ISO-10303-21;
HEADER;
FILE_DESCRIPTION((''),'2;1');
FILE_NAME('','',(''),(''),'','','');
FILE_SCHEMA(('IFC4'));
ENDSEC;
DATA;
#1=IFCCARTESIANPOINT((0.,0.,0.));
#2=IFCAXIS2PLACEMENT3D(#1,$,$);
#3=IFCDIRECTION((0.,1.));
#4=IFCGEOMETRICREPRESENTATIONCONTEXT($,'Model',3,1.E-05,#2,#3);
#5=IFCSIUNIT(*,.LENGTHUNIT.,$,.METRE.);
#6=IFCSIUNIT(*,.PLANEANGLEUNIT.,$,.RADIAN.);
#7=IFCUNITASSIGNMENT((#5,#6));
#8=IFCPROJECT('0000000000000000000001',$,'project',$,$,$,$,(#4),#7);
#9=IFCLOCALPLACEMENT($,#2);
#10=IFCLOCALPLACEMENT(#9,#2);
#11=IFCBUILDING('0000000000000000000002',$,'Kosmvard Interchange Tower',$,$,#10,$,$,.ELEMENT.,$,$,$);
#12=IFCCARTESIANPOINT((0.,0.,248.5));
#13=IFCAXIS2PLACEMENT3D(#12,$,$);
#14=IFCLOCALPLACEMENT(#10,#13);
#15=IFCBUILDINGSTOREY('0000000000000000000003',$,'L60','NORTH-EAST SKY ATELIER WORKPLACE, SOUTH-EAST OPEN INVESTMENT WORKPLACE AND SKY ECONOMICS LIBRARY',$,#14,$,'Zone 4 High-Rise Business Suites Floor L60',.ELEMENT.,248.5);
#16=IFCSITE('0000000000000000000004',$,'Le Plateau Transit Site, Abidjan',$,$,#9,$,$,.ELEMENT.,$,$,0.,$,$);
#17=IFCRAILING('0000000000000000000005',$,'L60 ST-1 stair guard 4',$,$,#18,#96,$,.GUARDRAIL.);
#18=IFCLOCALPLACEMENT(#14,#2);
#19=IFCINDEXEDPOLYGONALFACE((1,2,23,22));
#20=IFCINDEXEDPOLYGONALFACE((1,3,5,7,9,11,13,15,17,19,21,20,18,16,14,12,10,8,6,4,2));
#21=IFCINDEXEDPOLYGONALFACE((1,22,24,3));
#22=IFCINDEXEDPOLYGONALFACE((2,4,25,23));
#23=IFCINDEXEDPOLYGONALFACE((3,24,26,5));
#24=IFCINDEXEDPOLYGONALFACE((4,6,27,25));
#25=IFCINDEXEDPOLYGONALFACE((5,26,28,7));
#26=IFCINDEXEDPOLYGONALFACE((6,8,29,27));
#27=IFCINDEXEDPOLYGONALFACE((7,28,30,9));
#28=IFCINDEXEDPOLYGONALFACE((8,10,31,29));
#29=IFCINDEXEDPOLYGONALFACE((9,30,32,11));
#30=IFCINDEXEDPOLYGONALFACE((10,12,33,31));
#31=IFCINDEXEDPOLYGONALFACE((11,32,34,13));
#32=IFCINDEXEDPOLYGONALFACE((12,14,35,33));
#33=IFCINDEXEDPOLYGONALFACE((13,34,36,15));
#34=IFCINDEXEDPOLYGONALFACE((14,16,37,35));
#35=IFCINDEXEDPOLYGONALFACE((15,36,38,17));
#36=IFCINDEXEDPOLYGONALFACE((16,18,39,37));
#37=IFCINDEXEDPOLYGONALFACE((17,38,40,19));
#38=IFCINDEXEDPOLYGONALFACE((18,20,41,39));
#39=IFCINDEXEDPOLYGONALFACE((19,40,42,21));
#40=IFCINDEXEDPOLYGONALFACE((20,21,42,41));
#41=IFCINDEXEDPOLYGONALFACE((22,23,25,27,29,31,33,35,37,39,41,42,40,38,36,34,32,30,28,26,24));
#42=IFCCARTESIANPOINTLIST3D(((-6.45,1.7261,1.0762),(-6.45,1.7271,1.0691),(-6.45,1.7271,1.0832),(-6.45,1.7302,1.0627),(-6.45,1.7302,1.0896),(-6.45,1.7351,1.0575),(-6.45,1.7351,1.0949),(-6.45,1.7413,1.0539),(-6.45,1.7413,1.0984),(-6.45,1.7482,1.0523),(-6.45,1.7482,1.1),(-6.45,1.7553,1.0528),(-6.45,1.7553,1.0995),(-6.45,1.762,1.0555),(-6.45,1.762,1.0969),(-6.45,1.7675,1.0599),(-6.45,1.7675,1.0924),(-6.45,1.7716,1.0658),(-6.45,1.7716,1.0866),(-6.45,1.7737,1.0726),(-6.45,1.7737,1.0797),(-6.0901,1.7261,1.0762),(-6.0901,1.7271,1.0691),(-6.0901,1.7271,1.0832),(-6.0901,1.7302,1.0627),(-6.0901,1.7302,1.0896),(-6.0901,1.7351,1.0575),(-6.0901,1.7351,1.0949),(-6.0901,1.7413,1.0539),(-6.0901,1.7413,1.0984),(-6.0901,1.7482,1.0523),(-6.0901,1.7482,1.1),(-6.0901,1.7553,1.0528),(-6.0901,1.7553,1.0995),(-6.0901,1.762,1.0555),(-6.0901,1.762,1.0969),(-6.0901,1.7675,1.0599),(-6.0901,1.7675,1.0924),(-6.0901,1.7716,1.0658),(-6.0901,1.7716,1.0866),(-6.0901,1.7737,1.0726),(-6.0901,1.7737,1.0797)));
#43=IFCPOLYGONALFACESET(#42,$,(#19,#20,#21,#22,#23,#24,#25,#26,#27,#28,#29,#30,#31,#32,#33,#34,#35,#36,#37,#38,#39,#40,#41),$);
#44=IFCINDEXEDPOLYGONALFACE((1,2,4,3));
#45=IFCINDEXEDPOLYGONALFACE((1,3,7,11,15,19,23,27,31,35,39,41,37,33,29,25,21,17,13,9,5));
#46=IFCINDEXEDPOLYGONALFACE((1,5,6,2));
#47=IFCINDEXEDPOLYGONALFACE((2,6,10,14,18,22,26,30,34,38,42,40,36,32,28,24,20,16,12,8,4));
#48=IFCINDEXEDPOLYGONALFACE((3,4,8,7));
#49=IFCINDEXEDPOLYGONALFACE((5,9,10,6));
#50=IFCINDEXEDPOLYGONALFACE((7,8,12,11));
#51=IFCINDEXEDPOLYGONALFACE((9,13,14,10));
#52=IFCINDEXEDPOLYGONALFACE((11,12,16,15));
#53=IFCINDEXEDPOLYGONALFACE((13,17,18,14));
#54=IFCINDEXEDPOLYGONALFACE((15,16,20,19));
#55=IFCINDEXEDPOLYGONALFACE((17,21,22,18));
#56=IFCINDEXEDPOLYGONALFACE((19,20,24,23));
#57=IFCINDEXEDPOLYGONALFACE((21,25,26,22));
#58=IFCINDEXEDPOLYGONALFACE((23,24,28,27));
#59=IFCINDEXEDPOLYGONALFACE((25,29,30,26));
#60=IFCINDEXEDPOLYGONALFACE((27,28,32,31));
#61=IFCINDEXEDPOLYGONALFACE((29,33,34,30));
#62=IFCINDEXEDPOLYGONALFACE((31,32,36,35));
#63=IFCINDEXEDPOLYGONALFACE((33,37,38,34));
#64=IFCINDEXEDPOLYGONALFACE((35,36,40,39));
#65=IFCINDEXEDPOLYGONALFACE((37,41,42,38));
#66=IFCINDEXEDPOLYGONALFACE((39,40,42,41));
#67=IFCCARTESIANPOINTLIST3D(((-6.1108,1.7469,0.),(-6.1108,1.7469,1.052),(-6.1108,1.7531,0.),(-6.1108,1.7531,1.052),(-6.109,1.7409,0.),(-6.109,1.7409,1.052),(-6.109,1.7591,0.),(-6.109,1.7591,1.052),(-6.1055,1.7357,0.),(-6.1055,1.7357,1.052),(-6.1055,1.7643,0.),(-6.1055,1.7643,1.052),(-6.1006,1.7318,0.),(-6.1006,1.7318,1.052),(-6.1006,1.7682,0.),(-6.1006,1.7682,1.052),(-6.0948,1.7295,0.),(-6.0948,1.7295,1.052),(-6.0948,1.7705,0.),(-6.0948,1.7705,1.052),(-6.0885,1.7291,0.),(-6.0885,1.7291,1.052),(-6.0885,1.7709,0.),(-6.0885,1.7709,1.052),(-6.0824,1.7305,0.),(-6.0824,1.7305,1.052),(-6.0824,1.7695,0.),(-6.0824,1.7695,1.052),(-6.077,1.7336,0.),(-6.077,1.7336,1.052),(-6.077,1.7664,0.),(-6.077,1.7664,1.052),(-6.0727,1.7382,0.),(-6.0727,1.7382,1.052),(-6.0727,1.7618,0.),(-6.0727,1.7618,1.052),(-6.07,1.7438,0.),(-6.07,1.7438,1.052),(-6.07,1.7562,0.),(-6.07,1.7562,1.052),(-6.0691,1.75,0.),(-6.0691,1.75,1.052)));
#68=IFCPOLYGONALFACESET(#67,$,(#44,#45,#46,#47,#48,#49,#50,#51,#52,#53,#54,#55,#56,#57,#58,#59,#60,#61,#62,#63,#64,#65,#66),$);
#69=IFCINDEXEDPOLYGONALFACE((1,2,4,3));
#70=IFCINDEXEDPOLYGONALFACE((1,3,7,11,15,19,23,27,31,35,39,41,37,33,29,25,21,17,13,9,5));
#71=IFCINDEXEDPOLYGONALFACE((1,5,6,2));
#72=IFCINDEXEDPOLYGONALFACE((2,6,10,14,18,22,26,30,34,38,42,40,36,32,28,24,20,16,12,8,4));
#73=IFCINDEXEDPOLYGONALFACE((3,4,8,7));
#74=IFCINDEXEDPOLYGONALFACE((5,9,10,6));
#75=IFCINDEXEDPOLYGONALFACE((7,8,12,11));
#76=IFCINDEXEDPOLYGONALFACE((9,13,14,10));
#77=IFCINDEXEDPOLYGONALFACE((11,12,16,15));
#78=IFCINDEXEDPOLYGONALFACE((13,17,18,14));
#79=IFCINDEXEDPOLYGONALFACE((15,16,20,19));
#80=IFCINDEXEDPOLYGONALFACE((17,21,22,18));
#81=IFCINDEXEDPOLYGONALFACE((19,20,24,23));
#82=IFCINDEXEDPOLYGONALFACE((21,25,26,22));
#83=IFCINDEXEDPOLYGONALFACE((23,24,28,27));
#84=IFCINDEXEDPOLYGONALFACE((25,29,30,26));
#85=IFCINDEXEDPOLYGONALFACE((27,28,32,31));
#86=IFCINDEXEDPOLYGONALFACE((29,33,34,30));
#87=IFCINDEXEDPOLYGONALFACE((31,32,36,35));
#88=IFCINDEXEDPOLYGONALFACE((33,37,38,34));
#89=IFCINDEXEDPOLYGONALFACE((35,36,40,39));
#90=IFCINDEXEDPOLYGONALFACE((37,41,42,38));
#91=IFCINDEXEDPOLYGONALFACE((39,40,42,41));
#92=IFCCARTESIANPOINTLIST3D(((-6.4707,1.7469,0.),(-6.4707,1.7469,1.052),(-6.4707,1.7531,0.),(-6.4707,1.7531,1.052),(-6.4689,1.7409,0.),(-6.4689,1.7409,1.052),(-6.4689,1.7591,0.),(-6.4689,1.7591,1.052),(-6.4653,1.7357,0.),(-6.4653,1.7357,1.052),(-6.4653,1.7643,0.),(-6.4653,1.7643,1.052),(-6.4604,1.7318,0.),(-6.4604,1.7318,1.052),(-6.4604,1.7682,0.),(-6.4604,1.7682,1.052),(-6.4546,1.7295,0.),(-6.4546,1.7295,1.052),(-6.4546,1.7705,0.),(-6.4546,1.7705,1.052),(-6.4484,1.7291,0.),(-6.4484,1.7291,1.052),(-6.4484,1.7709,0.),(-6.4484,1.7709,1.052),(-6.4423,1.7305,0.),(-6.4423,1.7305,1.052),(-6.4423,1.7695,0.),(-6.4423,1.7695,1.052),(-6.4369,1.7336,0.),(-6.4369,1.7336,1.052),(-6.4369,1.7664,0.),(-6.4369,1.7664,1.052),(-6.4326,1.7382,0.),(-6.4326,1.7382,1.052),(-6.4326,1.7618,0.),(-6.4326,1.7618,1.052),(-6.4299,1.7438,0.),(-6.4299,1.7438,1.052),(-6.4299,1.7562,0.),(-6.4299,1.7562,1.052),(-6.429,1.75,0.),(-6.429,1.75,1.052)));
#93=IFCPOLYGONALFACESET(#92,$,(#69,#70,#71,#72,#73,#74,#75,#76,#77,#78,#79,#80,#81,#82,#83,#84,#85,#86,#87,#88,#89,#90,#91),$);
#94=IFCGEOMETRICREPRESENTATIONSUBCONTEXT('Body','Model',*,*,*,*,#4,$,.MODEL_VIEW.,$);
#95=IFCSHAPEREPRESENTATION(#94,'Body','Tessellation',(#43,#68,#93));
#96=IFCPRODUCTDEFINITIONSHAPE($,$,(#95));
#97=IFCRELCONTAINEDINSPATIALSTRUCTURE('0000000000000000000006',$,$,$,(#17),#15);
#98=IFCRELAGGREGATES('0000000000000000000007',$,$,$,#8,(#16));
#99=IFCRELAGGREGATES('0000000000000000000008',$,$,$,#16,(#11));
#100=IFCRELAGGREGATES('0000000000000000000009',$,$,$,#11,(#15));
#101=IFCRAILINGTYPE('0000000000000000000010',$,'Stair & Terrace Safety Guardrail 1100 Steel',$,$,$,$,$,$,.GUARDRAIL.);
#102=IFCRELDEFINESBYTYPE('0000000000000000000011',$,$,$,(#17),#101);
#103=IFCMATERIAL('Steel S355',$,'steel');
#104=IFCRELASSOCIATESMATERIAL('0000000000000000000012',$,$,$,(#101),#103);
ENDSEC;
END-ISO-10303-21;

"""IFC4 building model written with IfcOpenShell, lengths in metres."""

from ifc_helpers import new_model, si_unit, direction, frame, origin, origin_2d, place, context, subcontext, project, spatial, circle, extrude, source, transform, mapped, material, type_object, element, save


model = new_model("IFC4")

# Units and contexts
model_context = context("Model", 3, precision=1e-05, world=origin(), true_north=direction((0.0, 1.0)))
body_context = subcontext(model_context, "Body", "Model", "MODEL_VIEW")
ifc_project = project(units=[si_unit("LENGTHUNIT", "METRE"), si_unit("PLANEANGLEUNIT", "RADIAN")], contexts=[model_context])

# Site, building, storey
site_placement = place(None, origin())
site = spatial("IfcSite", under=ifc_project, at=site_placement, Name="Le Plateau Transit Site, Abidjan", CompositionType="ELEMENT", RefElevation=0.0)
building_placement = place(site_placement, origin())
building = spatial("IfcBuilding", under=site, at=building_placement, Name="Kosmvard Interchange Tower", CompositionType="ELEMENT")
storey_placement = place(building_placement, frame((0.0, 0.0, 248.5)))
storey = spatial("IfcBuildingStorey", under=building, at=storey_placement, Name="L60", Description="NORTH-EAST SKY ATELIER WORKPLACE, SOUTH-EAST OPEN INVESTMENT WORKPLACE AND SKY ECONOMICS LIBRARY", LongName="Zone 4 High-Rise Business Suites Floor L60", CompositionType="ELEMENT", Elevation=248.5)

# Shared definitions
ifc_material_1 = material(Name="Steel S355", Category="steel")

# Railing
railing_type = type_object("IfcRailingType", Name="Stair & Terrace Safety Guardrail 1100 Steel", PredefinedType="GUARDRAIL", material=ifc_material_1)
shared_shape_1 = source(origin(), body_context, "Body", "SweptSolid", [
    extrude(circle(Radius=0.0239, at=origin_2d()), frame((0.0, 0.0, 1.0762), z_axis=(-1.0, 0.0, 0.0), x_axis=(0.0, -1.0, 0.0)), (0.0, 0.0, 1.0), 0.3599),
    extrude(circle(Radius=0.021, at=origin_2d()), origin(), (0.0, 0.0, 1.0), 1.052),
    extrude(circle(Radius=0.021, at=origin_2d()), frame((-0.3599, 0.0, 0.0)), (0.0, 0.0, 1.0), 1.052),
])
railing_1_placement = place(storey_placement, frame((-6.0901, 1.75, 0.0)))
element("IfcRailing", 1, at=railing_1_placement, inside=storey, type_object=railing_type, Name="L60 ST-1 stair guard 4", PredefinedType="GUARDRAIL", context=body_context, shape_type="MappedRepresentation", body=[
    mapped(shared_shape_1, transform((0.0, 0.0, 0.0), scale=1.0)),
])

save(model, "model.ifc")
